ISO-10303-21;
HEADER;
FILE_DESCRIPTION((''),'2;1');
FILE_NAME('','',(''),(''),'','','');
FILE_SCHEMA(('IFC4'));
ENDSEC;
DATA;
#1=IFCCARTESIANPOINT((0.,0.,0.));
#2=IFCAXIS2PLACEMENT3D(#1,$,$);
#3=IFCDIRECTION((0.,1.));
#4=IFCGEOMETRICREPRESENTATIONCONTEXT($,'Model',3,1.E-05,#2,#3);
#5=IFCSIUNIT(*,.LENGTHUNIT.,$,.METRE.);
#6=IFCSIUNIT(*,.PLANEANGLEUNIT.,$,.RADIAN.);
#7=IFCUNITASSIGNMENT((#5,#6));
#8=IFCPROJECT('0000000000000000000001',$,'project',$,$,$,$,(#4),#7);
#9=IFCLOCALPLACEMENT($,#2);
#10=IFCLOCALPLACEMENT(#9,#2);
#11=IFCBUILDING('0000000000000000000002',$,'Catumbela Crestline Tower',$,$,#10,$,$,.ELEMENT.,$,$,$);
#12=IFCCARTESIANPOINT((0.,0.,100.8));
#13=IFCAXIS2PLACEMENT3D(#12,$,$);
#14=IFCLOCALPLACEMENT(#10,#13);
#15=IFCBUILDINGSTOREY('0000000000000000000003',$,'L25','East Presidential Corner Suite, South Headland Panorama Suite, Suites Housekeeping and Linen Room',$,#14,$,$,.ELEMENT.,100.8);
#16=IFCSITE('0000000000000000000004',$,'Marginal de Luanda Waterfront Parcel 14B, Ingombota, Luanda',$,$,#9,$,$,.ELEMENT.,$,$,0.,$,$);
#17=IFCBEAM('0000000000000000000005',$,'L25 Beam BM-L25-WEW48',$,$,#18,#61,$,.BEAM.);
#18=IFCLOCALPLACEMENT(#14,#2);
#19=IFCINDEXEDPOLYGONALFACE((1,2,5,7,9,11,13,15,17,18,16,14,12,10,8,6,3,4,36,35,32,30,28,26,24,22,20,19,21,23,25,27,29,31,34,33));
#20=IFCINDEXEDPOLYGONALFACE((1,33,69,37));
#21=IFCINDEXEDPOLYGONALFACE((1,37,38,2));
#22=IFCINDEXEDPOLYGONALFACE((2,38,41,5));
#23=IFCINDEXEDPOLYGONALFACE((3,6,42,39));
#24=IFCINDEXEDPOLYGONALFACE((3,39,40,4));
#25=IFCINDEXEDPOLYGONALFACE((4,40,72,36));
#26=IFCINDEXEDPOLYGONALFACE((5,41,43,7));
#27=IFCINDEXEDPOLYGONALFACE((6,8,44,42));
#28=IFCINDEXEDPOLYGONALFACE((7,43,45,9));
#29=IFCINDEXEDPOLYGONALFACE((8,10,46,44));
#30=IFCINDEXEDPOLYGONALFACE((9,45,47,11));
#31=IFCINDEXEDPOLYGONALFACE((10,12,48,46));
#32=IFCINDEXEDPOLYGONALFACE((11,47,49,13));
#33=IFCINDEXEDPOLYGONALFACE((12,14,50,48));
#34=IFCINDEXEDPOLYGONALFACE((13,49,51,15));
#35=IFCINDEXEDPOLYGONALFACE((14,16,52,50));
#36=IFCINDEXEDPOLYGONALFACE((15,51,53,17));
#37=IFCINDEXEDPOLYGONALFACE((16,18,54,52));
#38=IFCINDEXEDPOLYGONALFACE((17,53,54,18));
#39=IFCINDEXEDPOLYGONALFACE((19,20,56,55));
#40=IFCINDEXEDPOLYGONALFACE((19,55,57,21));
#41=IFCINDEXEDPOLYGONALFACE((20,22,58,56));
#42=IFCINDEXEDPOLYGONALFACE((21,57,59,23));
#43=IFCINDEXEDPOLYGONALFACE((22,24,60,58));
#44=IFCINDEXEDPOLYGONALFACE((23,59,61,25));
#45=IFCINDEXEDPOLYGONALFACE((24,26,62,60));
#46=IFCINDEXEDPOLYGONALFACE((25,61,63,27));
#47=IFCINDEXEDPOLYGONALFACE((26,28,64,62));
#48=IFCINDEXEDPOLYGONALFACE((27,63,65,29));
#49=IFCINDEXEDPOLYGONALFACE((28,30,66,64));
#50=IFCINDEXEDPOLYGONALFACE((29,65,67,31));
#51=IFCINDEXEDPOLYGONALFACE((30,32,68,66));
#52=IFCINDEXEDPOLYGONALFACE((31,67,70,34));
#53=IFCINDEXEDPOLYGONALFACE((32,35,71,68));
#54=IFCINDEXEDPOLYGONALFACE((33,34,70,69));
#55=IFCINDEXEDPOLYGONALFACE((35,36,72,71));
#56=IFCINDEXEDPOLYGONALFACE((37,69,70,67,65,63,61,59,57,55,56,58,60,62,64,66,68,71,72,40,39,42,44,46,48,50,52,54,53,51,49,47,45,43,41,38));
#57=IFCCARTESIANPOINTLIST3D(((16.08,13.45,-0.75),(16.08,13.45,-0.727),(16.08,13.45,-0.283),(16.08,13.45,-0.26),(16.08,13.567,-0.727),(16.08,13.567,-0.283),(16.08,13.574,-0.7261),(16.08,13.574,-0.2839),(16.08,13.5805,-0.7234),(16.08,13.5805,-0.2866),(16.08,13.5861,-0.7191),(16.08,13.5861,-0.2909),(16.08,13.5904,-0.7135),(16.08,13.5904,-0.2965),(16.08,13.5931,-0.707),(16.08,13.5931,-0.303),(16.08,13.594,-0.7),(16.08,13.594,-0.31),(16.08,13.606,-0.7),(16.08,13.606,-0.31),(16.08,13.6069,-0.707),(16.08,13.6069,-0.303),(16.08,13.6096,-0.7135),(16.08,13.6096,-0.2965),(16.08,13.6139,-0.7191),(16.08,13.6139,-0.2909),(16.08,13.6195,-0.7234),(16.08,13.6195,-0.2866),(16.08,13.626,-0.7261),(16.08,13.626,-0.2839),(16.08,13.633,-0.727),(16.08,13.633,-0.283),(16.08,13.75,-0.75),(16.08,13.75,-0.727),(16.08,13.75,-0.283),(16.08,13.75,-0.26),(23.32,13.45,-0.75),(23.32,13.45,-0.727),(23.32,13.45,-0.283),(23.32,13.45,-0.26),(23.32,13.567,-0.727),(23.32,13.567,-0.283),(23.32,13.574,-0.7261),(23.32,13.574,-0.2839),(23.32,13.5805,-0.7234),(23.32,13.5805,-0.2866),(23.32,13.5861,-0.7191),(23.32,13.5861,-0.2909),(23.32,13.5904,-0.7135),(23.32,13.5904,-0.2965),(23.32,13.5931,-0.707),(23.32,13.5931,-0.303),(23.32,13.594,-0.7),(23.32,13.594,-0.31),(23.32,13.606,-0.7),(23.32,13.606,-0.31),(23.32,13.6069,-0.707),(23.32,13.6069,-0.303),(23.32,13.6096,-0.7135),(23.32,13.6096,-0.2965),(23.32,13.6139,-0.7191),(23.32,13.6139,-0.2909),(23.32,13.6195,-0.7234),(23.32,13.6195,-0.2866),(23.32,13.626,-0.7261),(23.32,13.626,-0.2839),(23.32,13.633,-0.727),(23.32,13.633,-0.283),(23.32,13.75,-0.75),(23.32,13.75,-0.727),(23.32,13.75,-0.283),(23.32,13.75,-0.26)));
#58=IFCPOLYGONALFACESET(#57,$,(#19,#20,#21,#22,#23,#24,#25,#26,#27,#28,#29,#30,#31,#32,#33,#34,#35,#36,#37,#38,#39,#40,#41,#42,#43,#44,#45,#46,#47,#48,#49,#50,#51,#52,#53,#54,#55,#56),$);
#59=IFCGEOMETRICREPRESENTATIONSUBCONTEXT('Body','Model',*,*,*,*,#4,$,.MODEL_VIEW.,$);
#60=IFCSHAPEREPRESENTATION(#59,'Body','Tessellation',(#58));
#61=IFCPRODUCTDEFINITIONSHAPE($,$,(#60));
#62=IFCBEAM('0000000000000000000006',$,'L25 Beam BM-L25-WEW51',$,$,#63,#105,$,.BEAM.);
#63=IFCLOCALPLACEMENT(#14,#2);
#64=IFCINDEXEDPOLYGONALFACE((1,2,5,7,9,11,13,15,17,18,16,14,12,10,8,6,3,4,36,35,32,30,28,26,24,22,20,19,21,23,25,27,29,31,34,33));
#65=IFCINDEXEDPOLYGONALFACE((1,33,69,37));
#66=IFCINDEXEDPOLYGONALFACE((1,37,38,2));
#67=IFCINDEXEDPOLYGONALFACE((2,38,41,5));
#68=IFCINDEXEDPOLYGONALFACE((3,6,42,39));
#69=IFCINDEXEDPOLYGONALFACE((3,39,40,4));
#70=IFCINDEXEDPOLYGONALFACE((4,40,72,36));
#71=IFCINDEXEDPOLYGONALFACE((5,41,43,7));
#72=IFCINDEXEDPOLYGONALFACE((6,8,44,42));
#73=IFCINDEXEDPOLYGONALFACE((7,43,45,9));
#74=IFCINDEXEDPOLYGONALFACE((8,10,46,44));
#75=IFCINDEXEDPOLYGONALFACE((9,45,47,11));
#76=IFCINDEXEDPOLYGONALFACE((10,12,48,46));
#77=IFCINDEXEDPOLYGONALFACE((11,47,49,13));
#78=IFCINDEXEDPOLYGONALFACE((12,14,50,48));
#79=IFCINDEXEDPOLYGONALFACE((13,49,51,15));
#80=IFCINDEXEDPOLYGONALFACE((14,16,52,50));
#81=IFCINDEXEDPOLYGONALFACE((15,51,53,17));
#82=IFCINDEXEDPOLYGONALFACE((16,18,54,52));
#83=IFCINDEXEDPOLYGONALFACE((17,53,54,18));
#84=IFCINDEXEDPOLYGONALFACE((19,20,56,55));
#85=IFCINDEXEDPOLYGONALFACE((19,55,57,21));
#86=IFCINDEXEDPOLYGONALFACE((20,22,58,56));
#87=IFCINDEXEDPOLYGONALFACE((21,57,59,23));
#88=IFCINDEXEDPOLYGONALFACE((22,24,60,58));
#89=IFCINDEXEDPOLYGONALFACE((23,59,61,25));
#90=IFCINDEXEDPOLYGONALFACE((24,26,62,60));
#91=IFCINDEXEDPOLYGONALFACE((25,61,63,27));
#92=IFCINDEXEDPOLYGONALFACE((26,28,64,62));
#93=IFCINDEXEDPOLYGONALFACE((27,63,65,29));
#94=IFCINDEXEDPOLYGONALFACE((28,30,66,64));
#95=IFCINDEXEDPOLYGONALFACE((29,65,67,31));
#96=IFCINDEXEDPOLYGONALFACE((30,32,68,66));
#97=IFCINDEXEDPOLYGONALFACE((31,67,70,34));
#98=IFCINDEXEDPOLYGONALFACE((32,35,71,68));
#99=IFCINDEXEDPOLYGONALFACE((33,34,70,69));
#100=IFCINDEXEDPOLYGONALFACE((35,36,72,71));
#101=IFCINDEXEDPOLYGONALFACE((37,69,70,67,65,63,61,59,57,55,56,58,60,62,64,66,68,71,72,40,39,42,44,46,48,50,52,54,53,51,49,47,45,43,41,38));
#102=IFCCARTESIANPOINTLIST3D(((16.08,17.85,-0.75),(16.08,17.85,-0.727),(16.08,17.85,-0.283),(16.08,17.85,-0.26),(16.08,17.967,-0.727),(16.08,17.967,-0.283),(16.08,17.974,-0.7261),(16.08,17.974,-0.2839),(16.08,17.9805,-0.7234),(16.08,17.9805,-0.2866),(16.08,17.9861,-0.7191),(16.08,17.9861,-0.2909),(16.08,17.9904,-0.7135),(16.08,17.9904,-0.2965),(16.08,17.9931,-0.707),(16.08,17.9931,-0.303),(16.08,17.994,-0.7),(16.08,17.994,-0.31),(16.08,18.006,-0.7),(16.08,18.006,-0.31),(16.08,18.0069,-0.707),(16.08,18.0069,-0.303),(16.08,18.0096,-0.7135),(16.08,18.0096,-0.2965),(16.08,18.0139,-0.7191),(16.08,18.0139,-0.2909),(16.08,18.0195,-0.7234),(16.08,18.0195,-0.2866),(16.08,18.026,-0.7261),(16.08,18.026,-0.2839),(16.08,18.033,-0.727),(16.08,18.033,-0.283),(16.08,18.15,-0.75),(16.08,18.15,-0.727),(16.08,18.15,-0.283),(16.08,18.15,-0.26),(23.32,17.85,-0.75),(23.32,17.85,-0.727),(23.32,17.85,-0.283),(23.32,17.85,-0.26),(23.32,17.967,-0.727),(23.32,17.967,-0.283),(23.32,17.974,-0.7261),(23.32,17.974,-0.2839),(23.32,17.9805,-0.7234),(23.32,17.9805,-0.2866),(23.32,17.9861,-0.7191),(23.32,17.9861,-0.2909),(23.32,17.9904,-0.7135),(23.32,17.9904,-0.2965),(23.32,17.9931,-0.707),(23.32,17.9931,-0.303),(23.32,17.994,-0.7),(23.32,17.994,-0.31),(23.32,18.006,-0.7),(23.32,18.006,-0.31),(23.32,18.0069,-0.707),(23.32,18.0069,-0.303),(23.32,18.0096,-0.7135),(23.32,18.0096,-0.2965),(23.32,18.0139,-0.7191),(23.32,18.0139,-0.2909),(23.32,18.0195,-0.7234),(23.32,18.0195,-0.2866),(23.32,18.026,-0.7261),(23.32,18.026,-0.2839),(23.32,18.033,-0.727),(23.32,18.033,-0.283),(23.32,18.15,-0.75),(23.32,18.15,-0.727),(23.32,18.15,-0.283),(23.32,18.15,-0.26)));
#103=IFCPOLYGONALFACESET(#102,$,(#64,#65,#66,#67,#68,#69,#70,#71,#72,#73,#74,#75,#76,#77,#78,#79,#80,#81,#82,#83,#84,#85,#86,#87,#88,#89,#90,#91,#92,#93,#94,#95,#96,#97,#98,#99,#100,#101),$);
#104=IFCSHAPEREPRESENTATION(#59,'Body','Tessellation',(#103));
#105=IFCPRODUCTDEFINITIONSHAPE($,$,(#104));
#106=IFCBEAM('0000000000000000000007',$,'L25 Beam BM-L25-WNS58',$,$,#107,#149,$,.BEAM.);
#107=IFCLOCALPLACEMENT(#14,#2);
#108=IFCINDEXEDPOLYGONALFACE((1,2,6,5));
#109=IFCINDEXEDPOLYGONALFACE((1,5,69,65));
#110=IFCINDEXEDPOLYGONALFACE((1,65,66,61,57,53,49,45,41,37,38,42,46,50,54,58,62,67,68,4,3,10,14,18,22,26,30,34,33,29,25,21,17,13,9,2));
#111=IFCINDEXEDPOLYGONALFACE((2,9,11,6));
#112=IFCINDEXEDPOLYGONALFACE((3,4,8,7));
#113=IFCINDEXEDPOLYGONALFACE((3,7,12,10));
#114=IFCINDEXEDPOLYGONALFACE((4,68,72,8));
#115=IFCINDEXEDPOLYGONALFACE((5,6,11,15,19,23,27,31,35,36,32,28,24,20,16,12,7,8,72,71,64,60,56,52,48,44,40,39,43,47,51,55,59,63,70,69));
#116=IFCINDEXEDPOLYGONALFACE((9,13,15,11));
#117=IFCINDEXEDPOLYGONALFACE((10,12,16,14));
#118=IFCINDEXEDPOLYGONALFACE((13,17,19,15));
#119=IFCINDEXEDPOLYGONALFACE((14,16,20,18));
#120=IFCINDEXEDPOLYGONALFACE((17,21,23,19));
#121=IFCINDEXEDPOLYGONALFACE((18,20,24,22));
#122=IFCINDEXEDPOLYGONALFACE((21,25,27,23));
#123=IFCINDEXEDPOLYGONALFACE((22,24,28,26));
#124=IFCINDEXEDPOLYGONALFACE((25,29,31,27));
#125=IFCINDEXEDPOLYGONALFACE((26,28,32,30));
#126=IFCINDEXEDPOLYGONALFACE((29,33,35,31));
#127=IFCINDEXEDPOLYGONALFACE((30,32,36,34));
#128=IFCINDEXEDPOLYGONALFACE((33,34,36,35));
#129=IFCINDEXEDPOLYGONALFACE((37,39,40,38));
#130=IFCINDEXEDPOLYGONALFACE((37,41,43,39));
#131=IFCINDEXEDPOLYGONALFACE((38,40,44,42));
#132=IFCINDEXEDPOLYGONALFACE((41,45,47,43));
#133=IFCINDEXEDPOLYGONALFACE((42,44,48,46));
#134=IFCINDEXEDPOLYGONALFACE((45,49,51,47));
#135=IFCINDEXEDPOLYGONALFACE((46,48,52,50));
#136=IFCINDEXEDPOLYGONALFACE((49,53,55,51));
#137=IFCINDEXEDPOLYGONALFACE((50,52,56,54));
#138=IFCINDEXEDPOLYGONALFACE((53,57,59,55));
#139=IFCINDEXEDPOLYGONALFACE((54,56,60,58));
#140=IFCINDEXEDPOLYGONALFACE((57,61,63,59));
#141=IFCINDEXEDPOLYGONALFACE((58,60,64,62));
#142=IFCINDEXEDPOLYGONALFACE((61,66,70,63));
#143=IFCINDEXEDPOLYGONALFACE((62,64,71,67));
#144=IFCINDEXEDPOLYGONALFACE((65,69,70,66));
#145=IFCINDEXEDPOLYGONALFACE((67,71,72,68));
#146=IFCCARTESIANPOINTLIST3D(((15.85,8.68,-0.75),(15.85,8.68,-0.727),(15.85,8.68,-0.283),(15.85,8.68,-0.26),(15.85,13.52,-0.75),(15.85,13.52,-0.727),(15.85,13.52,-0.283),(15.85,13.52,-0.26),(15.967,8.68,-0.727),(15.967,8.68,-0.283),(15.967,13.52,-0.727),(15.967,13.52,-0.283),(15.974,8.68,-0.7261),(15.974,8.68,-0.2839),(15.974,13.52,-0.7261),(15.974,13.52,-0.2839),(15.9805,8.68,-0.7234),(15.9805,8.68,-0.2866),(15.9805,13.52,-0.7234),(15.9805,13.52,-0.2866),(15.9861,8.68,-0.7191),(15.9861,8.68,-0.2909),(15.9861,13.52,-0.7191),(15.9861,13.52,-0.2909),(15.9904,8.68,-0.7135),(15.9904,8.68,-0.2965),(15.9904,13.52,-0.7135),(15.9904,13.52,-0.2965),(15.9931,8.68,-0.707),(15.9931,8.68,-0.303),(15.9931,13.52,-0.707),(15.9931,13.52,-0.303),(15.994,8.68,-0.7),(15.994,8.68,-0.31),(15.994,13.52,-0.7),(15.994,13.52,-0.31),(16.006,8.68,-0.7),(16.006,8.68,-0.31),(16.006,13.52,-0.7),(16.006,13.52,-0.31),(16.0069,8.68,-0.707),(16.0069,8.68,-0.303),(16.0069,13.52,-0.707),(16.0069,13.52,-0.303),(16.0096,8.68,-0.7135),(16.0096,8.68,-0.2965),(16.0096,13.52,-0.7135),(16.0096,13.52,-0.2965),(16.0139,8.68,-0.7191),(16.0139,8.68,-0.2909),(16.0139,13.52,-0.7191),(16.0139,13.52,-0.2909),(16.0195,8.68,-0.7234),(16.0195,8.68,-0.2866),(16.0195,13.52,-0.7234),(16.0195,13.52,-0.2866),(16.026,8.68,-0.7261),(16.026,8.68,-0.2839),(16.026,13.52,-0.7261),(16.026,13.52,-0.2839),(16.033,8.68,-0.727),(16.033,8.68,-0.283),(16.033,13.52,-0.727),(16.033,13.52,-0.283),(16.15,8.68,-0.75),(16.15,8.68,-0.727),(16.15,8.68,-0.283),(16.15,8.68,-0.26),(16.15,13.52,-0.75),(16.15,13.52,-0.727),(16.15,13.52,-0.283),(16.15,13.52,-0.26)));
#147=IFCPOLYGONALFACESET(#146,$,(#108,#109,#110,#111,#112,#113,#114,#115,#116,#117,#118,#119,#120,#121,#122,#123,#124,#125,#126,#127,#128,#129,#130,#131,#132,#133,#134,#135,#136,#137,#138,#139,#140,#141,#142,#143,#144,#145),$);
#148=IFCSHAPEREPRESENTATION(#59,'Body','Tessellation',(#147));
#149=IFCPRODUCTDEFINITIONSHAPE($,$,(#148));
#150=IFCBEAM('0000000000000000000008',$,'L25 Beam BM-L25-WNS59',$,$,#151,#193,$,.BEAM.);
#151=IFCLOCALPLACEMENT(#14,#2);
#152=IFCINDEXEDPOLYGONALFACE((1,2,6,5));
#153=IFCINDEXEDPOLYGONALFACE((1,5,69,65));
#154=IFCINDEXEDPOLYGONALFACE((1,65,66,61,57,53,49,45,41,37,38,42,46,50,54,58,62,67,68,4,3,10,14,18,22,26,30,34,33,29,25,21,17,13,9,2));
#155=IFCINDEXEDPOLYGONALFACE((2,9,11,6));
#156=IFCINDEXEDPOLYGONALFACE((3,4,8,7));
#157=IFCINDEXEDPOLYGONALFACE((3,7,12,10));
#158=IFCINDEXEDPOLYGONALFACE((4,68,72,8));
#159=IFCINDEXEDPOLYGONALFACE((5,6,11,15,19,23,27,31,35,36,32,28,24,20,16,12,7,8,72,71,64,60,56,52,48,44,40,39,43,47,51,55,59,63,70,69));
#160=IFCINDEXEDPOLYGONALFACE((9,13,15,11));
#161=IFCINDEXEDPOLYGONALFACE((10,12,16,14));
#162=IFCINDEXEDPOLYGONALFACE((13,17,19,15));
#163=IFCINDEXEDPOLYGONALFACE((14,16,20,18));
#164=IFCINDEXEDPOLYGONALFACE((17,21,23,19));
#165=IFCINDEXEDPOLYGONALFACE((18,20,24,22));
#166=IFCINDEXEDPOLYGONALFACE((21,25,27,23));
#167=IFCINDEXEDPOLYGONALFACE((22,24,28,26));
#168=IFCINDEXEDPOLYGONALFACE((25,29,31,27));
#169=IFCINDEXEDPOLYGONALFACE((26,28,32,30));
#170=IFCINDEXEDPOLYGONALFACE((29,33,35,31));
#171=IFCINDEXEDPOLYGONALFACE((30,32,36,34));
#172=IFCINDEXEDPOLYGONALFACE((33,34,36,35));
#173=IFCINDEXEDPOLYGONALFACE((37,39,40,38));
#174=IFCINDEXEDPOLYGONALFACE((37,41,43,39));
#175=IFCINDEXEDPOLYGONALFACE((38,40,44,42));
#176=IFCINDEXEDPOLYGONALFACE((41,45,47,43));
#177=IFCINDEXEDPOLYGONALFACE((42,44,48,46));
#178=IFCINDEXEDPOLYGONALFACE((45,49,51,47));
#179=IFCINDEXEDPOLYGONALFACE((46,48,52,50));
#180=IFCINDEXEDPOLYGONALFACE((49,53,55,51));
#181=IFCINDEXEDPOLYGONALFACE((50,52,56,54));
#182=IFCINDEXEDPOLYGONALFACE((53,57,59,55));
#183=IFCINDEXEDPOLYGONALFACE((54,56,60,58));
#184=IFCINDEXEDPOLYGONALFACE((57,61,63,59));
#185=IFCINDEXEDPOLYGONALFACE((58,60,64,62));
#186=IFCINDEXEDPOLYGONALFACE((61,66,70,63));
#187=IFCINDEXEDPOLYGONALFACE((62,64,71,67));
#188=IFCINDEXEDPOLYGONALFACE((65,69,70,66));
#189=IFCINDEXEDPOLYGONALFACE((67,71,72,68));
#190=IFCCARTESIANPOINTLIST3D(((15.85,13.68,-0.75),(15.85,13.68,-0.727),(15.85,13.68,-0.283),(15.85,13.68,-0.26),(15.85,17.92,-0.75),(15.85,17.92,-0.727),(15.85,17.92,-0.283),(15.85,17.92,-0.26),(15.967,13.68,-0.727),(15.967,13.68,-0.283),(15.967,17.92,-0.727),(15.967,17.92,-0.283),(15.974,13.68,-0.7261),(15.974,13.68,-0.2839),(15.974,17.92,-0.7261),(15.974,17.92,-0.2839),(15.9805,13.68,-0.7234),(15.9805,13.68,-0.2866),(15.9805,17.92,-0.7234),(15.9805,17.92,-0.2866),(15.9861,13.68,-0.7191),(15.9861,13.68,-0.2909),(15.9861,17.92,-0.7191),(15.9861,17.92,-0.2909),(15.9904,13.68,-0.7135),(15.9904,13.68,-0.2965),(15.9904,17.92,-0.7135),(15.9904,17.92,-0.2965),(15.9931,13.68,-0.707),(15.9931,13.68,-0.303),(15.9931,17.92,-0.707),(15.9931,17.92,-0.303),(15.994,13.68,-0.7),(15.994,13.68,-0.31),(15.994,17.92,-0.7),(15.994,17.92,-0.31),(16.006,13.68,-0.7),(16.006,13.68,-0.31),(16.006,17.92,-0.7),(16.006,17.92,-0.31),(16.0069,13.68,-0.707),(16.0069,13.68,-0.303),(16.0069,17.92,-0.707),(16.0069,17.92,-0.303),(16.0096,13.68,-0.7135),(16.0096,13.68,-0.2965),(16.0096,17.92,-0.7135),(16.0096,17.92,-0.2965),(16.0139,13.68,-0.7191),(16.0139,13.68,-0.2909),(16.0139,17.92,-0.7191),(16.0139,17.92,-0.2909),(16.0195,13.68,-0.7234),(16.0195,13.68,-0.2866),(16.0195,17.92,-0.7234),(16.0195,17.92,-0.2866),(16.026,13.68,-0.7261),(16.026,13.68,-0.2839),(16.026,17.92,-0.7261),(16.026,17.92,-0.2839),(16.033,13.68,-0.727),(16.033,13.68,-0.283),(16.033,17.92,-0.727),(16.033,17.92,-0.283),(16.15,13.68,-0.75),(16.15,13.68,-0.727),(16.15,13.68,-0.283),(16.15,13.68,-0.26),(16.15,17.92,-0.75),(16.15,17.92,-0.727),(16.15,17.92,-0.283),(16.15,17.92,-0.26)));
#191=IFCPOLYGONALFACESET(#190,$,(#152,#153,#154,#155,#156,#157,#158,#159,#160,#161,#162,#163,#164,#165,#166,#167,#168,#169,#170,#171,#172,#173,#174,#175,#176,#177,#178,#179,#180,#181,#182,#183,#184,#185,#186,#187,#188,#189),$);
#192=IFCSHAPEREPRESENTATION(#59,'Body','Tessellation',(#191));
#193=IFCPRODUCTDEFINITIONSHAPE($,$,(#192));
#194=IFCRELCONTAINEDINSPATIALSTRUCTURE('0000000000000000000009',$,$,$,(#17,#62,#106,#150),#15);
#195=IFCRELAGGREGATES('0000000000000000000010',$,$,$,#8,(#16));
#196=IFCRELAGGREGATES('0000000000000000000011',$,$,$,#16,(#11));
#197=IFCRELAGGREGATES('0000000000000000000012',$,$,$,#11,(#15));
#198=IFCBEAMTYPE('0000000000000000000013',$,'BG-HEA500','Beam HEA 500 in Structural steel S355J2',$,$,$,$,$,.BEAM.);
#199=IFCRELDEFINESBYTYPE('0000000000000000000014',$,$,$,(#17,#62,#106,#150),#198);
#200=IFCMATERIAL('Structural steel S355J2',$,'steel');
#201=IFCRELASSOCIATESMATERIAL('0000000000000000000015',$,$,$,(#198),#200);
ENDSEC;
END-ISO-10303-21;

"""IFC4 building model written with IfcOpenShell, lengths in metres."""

from ifc_helpers import new_model, si_unit, direction, frame, origin, origin_2d, place, context, subcontext, project, spatial, i_section, extrude, material, material_profile, profile_set, type_object, element, save


model = new_model("IFC4")

# Units and contexts
model_context = context("Model", 3, precision=1e-05, world=origin(), true_north=direction((0.0, 1.0)))
body_context = subcontext(model_context, "Body", "Model", "MODEL_VIEW")
ifc_project = project(units=[si_unit("LENGTHUNIT", "METRE"), si_unit("PLANEANGLEUNIT", "RADIAN")], contexts=[model_context])

# Site, building, storey
site_placement = place(None, origin())
site = spatial("IfcSite", under=ifc_project, at=site_placement, Name="Marginal de Luanda Waterfront Parcel 14B, Ingombota, Luanda", CompositionType="ELEMENT", RefElevation=0.0)
building_placement = place(site_placement, origin())
building = spatial("IfcBuilding", under=site, at=building_placement, Name="Catumbela Crestline Tower", CompositionType="ELEMENT")
storey_placement = place(building_placement, frame((0.0, 0.0, 100.8)))
storey = spatial("IfcBuildingStorey", under=building, at=storey_placement, Name="L25", Description="East Presidential Corner Suite, South Headland Panorama Suite, Suites Housekeeping and Linen Room", CompositionType="ELEMENT", Elevation=100.8)

# Beams
ifc_material_1 = material(Name="Structural steel S355J2", Category="steel")
ifc_material_profile_1 = material_profile(ifc_material_1, i_section(OverallWidth=0.3, OverallDepth=0.49, WebThickness=0.012, FlangeThickness=0.023, FilletRadius=0.027, at=origin_2d()), Name="HEA 500")
ifc_profile_set_1 = profile_set([ifc_material_profile_1], Name="Structural steel S355J2")
beam_type_1 = type_object("IfcBeamType", Name="BG-HEA500", Description="Beam HEA 500 in Structural steel S355J2", PredefinedType="BEAM", material=ifc_profile_set_1)
for number, where, z_axis, x_axis, name in (
    (1, (16.08, 13.6, -0.505), (1.0, 0.0, 0.0), (0.0, 1.0, 0.0), "L25 Beam BM-L25-WEW48"),
    (2, (16.08, 18.0, -0.505), (1.0, 0.0, 0.0), (0.0, 1.0, 0.0), "L25 Beam BM-L25-WEW51"),
):
    element("IfcBeam", number, at=place(storey_placement, frame(where, z_axis=z_axis, x_axis=x_axis)), inside=storey, type_object=beam_type_1, Name=name, PredefinedType="BEAM", context=body_context, shape_type="SweptSolid", body=[
        extrude(i_section(OverallWidth=0.3, OverallDepth=0.49, WebThickness=0.012, FlangeThickness=0.023, FilletRadius=0.027, at=origin_2d()), origin(), (0.0, 0.0, 1.0), 7.24),
    ])
beam_1_placement = place(storey_placement, frame((16.0, 8.68, -0.505), z_axis=(0.0, 1.0, 0.0), x_axis=(-1.0, 0.0, 0.0)))
element("IfcBeam", 3, at=beam_1_placement, inside=storey, type_object=beam_type_1, Name="L25 Beam BM-L25-WNS58", PredefinedType="BEAM", context=body_context, shape_type="SweptSolid", body=[
    extrude(i_section(OverallWidth=0.3, OverallDepth=0.49, WebThickness=0.012, FlangeThickness=0.023, FilletRadius=0.027, at=origin_2d()), origin(), (0.0, 0.0, 1.0), 4.84),
])
beam_2_placement = place(storey_placement, frame((16.0, 13.68, -0.505), z_axis=(0.0, 1.0, 0.0), x_axis=(-1.0, 0.0, 0.0)))
element("IfcBeam", 4, at=beam_2_placement, inside=storey, type_object=beam_type_1, Name="L25 Beam BM-L25-WNS59", PredefinedType="BEAM", context=body_context, shape_type="SweptSolid", body=[
    extrude(i_section(OverallWidth=0.3, OverallDepth=0.49, WebThickness=0.012, FlangeThickness=0.023, FilletRadius=0.027, at=origin_2d()), origin(), (0.0, 0.0, 1.0), 4.24),
])

save(model, "model.ifc")
